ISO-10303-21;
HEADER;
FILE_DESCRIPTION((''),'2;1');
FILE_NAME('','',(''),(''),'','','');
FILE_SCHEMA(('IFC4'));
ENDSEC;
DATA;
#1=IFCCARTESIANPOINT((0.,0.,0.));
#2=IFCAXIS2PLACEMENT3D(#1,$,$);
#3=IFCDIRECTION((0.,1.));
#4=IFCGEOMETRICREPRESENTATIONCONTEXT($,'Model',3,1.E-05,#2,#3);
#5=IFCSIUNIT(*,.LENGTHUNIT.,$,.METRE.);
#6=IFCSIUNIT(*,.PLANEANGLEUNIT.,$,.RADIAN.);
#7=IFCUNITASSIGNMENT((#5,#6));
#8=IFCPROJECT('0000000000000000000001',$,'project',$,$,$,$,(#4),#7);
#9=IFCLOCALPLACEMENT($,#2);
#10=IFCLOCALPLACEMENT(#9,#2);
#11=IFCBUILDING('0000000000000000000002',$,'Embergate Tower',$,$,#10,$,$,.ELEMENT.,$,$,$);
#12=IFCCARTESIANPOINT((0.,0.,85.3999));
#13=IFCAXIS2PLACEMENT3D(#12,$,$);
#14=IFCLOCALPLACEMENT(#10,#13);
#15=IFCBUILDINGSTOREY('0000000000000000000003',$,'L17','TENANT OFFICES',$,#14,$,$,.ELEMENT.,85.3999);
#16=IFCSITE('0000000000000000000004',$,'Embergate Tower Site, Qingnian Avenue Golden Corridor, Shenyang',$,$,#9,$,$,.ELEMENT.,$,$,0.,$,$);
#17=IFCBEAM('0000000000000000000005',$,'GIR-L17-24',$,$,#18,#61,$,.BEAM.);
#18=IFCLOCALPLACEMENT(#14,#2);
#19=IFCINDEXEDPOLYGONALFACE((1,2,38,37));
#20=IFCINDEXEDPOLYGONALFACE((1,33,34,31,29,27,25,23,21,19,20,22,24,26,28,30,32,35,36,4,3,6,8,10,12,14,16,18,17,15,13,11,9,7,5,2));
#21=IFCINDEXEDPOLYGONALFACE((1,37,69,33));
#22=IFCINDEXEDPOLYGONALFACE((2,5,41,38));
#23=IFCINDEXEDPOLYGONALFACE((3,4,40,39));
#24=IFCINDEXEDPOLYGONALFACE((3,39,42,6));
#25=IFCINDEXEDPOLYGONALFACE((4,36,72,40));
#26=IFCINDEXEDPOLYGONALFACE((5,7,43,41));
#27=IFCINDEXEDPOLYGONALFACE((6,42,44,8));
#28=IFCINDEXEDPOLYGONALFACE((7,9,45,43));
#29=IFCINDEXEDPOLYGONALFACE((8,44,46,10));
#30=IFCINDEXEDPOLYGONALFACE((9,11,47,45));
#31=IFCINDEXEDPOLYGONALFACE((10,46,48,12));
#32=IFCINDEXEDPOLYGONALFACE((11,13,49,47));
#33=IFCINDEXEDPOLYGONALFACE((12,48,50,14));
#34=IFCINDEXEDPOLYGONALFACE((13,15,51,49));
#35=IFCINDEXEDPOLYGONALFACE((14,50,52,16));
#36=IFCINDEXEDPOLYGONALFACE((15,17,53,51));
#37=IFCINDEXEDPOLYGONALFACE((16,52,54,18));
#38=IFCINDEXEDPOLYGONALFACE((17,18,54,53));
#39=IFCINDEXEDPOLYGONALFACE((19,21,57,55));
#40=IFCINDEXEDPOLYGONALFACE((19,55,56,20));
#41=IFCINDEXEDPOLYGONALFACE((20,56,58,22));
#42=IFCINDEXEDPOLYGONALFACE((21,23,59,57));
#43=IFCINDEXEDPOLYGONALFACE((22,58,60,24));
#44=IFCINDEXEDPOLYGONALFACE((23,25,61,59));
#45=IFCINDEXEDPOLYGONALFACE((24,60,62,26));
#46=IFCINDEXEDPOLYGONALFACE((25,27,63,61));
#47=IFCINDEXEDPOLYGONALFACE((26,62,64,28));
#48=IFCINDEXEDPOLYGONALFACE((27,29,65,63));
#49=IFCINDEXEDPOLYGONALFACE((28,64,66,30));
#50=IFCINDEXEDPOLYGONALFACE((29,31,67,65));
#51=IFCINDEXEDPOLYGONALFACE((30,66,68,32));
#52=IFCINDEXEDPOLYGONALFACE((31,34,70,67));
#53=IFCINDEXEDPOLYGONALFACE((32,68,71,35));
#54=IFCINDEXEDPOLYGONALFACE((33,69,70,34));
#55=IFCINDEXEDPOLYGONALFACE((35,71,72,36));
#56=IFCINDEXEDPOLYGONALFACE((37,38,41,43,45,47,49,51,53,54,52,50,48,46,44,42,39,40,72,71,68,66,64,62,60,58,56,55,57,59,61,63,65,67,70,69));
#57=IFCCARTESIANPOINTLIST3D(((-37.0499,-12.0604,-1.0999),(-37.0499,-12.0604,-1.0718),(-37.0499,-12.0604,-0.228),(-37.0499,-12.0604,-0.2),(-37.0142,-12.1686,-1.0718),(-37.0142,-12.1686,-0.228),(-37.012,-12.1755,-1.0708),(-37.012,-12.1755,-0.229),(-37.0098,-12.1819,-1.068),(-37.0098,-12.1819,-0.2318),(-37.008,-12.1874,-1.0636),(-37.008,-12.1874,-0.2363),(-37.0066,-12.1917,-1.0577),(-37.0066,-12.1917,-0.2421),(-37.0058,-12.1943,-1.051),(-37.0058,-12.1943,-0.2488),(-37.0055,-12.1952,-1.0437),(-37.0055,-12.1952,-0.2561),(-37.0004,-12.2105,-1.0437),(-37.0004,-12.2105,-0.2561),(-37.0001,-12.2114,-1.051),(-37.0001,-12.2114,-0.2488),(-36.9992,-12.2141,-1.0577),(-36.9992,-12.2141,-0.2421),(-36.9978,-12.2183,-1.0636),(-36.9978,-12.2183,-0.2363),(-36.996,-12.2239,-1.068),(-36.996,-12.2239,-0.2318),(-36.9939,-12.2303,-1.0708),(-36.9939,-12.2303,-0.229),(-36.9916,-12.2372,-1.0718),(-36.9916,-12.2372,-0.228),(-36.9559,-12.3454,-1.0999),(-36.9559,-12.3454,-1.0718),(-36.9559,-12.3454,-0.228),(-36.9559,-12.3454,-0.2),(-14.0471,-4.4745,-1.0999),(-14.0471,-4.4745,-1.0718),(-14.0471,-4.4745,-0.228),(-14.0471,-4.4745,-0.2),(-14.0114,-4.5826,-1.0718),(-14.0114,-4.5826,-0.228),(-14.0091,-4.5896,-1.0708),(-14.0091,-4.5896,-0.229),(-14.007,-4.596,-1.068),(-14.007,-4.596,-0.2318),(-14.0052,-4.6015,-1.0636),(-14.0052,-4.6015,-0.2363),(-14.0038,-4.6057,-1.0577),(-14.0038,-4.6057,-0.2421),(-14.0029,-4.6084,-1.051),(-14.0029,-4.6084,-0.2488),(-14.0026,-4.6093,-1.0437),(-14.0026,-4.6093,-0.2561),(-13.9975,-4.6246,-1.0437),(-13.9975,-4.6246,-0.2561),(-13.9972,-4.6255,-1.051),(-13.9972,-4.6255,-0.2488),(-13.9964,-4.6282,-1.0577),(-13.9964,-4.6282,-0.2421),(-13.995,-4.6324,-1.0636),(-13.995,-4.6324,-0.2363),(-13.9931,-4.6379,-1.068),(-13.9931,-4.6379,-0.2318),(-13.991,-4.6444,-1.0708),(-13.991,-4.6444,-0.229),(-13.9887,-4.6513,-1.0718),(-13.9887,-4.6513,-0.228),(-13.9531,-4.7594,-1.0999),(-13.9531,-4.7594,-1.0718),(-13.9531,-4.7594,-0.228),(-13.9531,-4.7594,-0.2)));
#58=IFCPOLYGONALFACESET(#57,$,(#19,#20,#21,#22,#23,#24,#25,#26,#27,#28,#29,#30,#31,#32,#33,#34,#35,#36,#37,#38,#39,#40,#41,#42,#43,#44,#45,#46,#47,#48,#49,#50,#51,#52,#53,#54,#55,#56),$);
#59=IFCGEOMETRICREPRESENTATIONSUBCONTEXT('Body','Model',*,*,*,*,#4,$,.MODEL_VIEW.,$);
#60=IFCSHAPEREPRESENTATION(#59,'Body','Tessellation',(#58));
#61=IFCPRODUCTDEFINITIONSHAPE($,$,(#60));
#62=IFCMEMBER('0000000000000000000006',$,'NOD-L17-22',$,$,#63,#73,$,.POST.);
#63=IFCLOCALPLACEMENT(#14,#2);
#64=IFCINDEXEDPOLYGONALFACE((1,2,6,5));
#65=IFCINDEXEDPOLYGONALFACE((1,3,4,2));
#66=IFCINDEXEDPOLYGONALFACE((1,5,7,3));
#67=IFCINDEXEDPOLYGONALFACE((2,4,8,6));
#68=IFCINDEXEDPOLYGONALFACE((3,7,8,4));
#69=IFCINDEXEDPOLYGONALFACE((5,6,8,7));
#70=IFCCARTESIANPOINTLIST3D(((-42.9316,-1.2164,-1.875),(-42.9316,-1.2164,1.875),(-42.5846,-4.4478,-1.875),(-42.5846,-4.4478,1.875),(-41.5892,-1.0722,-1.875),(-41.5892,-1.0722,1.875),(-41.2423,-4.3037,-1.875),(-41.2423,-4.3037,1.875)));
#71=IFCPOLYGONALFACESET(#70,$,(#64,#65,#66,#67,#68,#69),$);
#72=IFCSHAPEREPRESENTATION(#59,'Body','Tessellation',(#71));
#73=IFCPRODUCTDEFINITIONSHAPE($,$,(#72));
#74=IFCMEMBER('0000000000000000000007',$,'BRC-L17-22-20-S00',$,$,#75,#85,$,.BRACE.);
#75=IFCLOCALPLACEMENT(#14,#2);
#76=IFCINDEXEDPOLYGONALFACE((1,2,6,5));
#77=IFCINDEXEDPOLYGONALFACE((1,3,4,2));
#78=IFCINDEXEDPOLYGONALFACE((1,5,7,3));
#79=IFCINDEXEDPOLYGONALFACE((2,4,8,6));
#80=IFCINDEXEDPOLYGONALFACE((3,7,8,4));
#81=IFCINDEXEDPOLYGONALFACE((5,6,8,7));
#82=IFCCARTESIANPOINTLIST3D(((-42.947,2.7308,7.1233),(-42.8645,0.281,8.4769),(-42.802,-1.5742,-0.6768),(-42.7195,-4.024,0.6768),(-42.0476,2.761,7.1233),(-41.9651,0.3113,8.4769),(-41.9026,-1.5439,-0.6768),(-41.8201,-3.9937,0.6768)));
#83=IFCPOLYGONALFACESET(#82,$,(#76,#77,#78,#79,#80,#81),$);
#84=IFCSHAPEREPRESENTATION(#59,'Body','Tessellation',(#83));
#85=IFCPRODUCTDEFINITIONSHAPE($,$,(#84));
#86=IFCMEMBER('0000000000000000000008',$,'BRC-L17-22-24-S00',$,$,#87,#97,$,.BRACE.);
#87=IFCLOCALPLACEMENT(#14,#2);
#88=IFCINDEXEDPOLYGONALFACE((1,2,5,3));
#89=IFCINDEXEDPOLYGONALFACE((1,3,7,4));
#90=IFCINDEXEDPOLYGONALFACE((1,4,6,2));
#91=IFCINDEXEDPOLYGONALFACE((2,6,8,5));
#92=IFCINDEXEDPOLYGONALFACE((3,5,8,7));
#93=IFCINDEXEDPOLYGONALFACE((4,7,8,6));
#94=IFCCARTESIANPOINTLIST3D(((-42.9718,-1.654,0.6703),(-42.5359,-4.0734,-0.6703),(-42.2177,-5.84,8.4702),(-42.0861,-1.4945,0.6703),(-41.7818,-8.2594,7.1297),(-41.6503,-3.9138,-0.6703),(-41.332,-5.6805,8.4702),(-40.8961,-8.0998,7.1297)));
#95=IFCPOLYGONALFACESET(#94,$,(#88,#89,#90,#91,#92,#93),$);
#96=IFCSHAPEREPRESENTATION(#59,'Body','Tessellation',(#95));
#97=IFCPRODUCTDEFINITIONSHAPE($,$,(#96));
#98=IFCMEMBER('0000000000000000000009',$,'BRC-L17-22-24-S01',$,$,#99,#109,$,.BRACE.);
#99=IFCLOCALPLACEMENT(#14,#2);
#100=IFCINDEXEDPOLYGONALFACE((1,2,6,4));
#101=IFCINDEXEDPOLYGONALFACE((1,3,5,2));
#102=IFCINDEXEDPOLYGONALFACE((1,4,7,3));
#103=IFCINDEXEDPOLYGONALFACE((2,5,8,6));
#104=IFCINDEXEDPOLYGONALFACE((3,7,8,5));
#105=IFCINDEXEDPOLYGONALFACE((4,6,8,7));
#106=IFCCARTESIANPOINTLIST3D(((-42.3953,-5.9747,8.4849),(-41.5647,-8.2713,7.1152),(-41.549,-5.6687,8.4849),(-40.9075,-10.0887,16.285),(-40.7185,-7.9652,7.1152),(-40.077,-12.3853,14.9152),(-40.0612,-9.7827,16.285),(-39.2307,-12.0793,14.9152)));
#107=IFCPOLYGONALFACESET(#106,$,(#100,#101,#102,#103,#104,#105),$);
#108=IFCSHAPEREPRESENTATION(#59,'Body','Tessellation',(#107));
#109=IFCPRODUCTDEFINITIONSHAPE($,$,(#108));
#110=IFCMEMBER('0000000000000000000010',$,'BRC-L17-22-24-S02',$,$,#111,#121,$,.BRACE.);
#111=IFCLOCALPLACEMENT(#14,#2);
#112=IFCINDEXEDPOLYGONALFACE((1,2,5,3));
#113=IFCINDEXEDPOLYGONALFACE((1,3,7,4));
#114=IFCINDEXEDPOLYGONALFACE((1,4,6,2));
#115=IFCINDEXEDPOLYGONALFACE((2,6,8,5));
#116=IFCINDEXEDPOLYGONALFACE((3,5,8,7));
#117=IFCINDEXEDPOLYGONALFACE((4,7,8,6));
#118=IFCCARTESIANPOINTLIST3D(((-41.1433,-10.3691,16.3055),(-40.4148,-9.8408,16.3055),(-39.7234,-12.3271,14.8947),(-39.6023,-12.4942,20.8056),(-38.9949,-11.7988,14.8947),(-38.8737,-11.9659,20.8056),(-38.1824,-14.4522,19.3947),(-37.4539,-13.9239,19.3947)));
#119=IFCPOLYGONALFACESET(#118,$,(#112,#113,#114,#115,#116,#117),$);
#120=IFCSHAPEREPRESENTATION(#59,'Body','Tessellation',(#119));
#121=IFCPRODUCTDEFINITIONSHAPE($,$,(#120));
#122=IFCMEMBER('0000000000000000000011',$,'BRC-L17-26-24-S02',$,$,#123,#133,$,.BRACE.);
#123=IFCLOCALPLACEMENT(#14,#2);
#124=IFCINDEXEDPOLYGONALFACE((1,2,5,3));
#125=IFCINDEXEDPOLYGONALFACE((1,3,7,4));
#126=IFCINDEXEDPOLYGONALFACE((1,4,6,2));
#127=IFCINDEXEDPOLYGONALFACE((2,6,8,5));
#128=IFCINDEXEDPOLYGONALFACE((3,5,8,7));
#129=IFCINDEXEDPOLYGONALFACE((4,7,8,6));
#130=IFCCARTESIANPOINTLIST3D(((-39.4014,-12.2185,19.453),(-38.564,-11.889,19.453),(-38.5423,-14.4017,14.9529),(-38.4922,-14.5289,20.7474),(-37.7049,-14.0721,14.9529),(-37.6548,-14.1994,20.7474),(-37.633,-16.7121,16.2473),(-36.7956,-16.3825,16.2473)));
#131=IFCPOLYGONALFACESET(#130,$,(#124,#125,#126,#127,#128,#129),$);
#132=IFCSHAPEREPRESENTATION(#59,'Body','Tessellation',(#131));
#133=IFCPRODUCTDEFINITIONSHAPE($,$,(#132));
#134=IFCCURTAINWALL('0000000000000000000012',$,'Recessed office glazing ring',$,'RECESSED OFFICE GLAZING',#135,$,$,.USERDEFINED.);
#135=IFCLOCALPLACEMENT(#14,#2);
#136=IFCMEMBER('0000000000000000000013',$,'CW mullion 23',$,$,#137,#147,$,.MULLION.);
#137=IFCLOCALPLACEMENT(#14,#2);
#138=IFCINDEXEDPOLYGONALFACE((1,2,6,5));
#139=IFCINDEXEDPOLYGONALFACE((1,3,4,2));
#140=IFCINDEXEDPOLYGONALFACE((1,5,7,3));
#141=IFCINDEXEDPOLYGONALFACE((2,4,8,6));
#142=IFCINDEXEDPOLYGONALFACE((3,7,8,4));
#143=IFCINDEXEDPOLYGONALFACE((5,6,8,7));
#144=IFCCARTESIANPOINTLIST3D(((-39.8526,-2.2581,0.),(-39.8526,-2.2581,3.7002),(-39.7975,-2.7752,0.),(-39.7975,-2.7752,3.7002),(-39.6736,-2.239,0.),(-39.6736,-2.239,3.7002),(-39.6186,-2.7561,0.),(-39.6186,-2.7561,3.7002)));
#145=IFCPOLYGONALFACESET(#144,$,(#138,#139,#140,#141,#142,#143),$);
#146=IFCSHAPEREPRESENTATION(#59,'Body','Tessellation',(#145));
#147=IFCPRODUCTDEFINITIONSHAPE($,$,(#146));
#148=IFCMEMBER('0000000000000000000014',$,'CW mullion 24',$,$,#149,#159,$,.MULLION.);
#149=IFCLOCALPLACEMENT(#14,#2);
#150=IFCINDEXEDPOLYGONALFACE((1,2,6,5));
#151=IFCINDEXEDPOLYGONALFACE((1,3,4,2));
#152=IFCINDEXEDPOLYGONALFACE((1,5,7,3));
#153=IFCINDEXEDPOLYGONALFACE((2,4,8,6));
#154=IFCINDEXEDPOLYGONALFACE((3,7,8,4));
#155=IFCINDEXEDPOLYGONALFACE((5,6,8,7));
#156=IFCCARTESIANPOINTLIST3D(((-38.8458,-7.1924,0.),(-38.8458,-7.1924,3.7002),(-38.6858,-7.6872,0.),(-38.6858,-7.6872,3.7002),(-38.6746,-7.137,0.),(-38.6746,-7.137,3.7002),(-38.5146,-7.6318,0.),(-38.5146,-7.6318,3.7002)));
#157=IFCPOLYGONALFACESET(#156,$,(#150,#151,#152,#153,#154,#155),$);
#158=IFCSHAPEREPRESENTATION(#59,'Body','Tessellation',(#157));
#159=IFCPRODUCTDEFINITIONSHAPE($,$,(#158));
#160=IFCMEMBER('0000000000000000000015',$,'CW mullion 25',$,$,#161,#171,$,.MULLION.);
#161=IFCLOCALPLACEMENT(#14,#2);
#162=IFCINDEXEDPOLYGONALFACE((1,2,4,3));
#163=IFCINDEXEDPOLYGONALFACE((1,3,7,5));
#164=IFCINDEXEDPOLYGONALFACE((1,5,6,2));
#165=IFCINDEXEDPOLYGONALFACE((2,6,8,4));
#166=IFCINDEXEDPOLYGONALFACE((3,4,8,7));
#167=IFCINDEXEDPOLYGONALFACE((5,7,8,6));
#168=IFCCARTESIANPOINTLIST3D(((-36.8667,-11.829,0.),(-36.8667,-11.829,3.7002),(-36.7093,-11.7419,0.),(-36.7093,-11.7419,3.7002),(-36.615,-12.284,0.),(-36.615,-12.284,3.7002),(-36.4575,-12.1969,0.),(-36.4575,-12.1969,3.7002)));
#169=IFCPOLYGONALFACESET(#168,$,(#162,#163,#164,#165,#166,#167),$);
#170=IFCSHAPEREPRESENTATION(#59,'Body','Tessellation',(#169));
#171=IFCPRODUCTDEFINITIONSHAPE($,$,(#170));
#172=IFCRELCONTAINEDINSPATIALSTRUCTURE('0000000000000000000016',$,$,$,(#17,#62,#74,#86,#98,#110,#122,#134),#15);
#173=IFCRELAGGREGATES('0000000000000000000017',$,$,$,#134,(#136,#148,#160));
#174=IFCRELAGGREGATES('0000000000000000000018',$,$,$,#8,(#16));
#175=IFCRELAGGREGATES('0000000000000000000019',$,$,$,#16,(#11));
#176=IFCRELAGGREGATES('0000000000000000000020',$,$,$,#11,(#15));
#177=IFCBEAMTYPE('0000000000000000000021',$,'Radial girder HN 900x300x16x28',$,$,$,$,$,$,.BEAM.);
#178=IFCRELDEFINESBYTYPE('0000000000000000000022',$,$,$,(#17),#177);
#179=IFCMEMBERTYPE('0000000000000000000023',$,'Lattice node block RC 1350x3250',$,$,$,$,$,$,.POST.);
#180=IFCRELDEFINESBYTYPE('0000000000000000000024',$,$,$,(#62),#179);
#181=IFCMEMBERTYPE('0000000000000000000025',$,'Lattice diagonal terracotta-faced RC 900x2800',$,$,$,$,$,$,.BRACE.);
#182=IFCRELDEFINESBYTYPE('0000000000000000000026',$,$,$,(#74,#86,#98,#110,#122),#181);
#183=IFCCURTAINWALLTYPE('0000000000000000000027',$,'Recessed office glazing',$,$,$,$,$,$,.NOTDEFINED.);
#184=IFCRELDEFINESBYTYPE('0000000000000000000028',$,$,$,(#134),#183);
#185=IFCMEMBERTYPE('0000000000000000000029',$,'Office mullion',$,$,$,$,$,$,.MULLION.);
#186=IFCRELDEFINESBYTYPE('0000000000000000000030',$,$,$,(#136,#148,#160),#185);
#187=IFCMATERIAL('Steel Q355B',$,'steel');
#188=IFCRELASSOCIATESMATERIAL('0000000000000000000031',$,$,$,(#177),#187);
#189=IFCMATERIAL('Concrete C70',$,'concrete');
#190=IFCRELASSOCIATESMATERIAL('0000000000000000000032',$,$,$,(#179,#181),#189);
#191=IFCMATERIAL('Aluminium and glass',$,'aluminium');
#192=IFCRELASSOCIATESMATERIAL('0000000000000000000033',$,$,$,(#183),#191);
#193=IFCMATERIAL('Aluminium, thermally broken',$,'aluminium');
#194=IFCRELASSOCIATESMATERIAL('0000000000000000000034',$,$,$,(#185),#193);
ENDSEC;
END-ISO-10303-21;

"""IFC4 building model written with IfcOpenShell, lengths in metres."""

from ifc_helpers import new_model, si_unit, direction, frame, origin, origin_2d, place, context, subcontext, project, spatial, rectangle, i_section, extrude, source, transform, mapped, material, material_profile, profile_set, type_object, element, aggregate, save


model = new_model("IFC4")

# Units and contexts
model_context = context("Model", 3, precision=1e-05, world=origin(), true_north=direction((0.0, 1.0)))
body_context = subcontext(model_context, "Body", "Model", "MODEL_VIEW")
ifc_project = project(units=[si_unit("LENGTHUNIT", "METRE"), si_unit("PLANEANGLEUNIT", "RADIAN")], contexts=[model_context])

# Site, building, storey
site_placement = place(None, origin())
site = spatial("IfcSite", under=ifc_project, at=site_placement, Name="Embergate Tower Site, Qingnian Avenue Golden Corridor, Shenyang", CompositionType="ELEMENT", RefElevation=0.0)
building_placement = place(site_placement, origin())
building = spatial("IfcBuilding", under=site, at=building_placement, Name="Embergate Tower", CompositionType="ELEMENT")
storey_placement = place(building_placement, frame((0.0, 0.0, 85.3999)))
storey = spatial("IfcBuildingStorey", under=building, at=storey_placement, Name="L17", Description="TENANT OFFICES", CompositionType="ELEMENT", Elevation=85.3999)

# Shared definitions
ifc_material_1 = material(Name="Concrete C70", Category="concrete")

# Beam
ifc_material_2 = material(Name="Steel Q355B", Category="steel")
ifc_material_profile_1 = material_profile(ifc_material_2, i_section(OverallWidth=0.3, OverallDepth=0.8999, WebThickness=0.0161, FlangeThickness=0.0281, FilletRadius=0.0281, at=origin_2d()), Name="HN 900x300x16x28")
ifc_profile_set_1 = profile_set([ifc_material_profile_1], Name="Steel Q355 grade B")
beam_type_1 = type_object("IfcBeamType", Name="Radial girder HN 900x300x16x28", PredefinedType="BEAM", material=ifc_profile_set_1)
shared_shape_1 = source(origin(), body_context, "Body", "SweptSolid", [
    extrude(i_section(OverallWidth=0.3, OverallDepth=0.8999, WebThickness=0.0161, FlangeThickness=0.0281, FilletRadius=0.0281, at=origin_2d()), origin(), (0.0, 0.0, 1.0), 24.2214),
])
beam_1_placement = place(storey_placement, frame((-37.0029, -12.2029, -0.6499), z_axis=(0.94969, 0.31319, 0.0), x_axis=(-0.31319, 0.94969, 0.0)))
element("IfcBeam", 1, at=beam_1_placement, inside=storey, type_object=beam_type_1, Name="GIR-L17-24", PredefinedType="BEAM", context=body_context, shape_type="MappedRepresentation", body=[
    mapped(shared_shape_1, transform((0.0, 0.0, 0.0))),
])

# Members
ifc_material_profile_2 = material_profile(ifc_material_1, rectangle(XDim=1.3501, YDim=3.25, at=origin_2d()), Name="RC 1350x3250")
ifc_profile_set_2 = profile_set([ifc_material_profile_2], Name="Concrete C70")
member_type_1 = type_object("IfcMemberType", Name="Lattice node block RC 1350x3250", PredefinedType="POST", material=ifc_profile_set_2)
shared_shape_2 = source(origin(), body_context, "Body", "SweptSolid", [
    extrude(rectangle(XDim=1.3501, YDim=3.25, at=origin_2d()), origin(), (0.0, 0.0, 1.0), 3.75),
])
member_1_placement = place(storey_placement, frame((-42.0869, -2.76, -1.875), z_axis=(0.0, 0.0, 1.0), x_axis=(-0.994286, -0.10675, 0.0)))
element("IfcMember", 2, at=member_1_placement, inside=storey, type_object=member_type_1, Name="NOD-L17-22", PredefinedType="POST", context=body_context, shape_type="MappedRepresentation", body=[
    mapped(shared_shape_2, transform((0.0, 0.0, 0.0))),
])
ifc_material_profile_3 = material_profile(ifc_material_1, rectangle(XDim=0.8999, YDim=2.8, at=origin_2d()), Name="RC 900x2800")
ifc_profile_set_3 = profile_set([ifc_material_profile_3], Name="Concrete C70")
member_type_2 = type_object("IfcMemberType", Name="Lattice diagonal terracotta-faced RC 900x2800", PredefinedType="BRACE", material=ifc_profile_set_3)
shared_shape_3 = source(origin(), body_context, "Body", "SweptSolid", [
    extrude(rectangle(XDim=0.8999, YDim=2.8, at=origin_2d()), origin(), (0.0, 0.0, 1.0), 8.9104),
])
member_2_placement = place(storey_placement, frame((-42.311, -2.7839, 0.0), z_axis=(-0.016275, 0.483139, 0.875393), x_axis=(-0.999433, -0.033668, 0.0)))
element("IfcMember", 3, at=member_2_placement, inside=storey, type_object=member_type_2, Name="BRC-L17-22-20-S00", PredefinedType="BRACE", context=body_context, shape_type="MappedRepresentation", body=[
    mapped(shared_shape_3, transform((0.0, 0.0, 0.0))),
])
shared_shape_4 = source(origin(), body_context, "Body", "SweptSolid", [
    extrude(rectangle(XDim=0.8999, YDim=2.8, at=origin_2d()), origin(), (0.0, 0.0, 1.0), 8.8843),
])
member_3_placement = place(storey_placement, frame((-42.311, -2.7839, 0.0), z_axis=(0.084885, -0.471167, 0.87795), x_axis=(0.984156, 0.177304, 0.0)))
element("IfcMember", 4, at=member_3_placement, inside=storey, type_object=member_type_2, Name="BRC-L17-22-24-S00", PredefinedType="BRACE", context=body_context, shape_type="MappedRepresentation", body=[
    mapped(shared_shape_4, transform((0.0, 0.0, 0.0))),
])
shared_shape_5 = source(origin(), body_context, "Body", "SweptSolid", [
    extrude(rectangle(XDim=0.8999, YDim=2.8, at=origin_2d()), origin(), (0.0, 0.0, 1.0), 8.9431),
])
member_4_placement = place(storey_placement, frame((-41.5569, -6.97, 7.8), z_axis=(0.166362, -0.46002, 0.872184), x_axis=(0.940395, 0.340085, 0.0)))
element("IfcMember", 5, at=member_4_placement, inside=storey, type_object=member_type_2, Name="BRC-L17-22-24-S01", PredefinedType="BRACE", context=body_context, shape_type="MappedRepresentation", body=[
    mapped(shared_shape_5, transform((0.0, 0.0, 0.0))),
])
shared_shape_6 = source(origin(), body_context, "Body", "SweptSolid", [
    extrude(rectangle(XDim=0.8999, YDim=2.8, at=origin_2d()), origin(), (0.0, 0.0, 1.0), 5.2097),
])
member_5_placement = place(storey_placement, frame((-40.0691, -11.084, 15.6001), z_axis=(0.295801, -0.407898, 0.863783), x_axis=(0.80954, 0.587065, 0.0)))
element("IfcMember", 6, at=member_5_placement, inside=storey, type_object=member_type_2, Name="BRC-L17-22-24-S02", PredefinedType="BRACE", context=body_context, shape_type="MappedRepresentation", body=[
    mapped(shared_shape_6, transform((0.0, 0.0, 0.0))),
])
shared_shape_7 = source(origin(), body_context, "Body", "SweptSolid", [
    extrude(rectangle(XDim=0.8999, YDim=2.8, at=origin_2d()), origin(), (0.0, 0.0, 1.0), 5.075),
])
member_6_placement = place(storey_placement, frame((-37.6689, -15.3921, 15.6001), z_axis=(-0.169292, 0.430182, 0.886727), x_axis=(-0.930536, -0.3662, 0.0)))
element("IfcMember", 7, at=member_6_placement, inside=storey, type_object=member_type_2, Name="BRC-L17-26-24-S02", PredefinedType="BRACE", context=body_context, shape_type="MappedRepresentation", body=[
    mapped(shared_shape_7, transform((0.0, 0.0, 0.0))),
])

# Curtain wall, members
ifc_material_3 = material(Name="Aluminium and glass", Category="aluminium")
curtain_wall_type = type_object("IfcCurtainWallType", Name="Recessed office glazing", PredefinedType="NOTDEFINED", material=ifc_material_3)
curtain_wall_placement = place(storey_placement, origin())
curtain_wall = element("IfcCurtainWall", 8, at=curtain_wall_placement, inside=storey, type_object=curtain_wall_type, Name="Recessed office glazing ring", ObjectType="RECESSED OFFICE GLAZING", PredefinedType="USERDEFINED")
ifc_material_4 = material(Name="Aluminium, thermally broken", Category="aluminium")
ifc_material_profile_4 = material_profile(ifc_material_4, rectangle(XDim=0.1799, YDim=0.52, at=origin_2d()), Name="AL 520x180")
ifc_profile_set_4 = profile_set([ifc_material_profile_4], Name="Aluminium, thermally broken")
member_type_3 = type_object("IfcMemberType", Name="Office mullion", PredefinedType="MULLION", material=ifc_profile_set_4)
shared_shape_8 = source(origin(), body_context, "Body", "SweptSolid", [
    extrude(rectangle(XDim=0.1799, YDim=0.52, at=origin_2d()), origin(), (0.0, 0.0, 1.0), 3.7002),
])
member_7_placement = place(storey_placement, frame((-39.7356, -2.5071, 0.0), z_axis=(0.0, 0.0, 1.0), x_axis=(0.994385, 0.105822, 0.0)))
member_7 = element("IfcMember", 9, at=member_7_placement, type_object=member_type_3, Name="CW mullion 23", PredefinedType="MULLION", context=body_context, shape_type="MappedRepresentation", body=[
    mapped(shared_shape_8, transform((0.0, 0.0, 0.0))),
])
member_8_placement = place(storey_placement, frame((-38.6802, -7.4121, 0.0), z_axis=(0.0, 0.0, 1.0), x_axis=(0.951499, 0.307651, 0.0)))
member_8 = element("IfcMember", 10, at=member_8_placement, type_object=member_type_3, Name="CW mullion 24", PredefinedType="MULLION", context=body_context, shape_type="MappedRepresentation", body=[
    mapped(shared_shape_8, transform((0.0, 0.0, 0.0))),
])
member_9_placement = place(storey_placement, frame((-36.6621, -12.0129, 0.0), z_axis=(0.0, 0.0, 1.0), x_axis=(0.875005, 0.484113, 0.0)))
member_9 = element("IfcMember", 11, at=member_9_placement, type_object=member_type_3, Name="CW mullion 25", PredefinedType="MULLION", context=body_context, shape_type="MappedRepresentation", body=[
    mapped(shared_shape_8, transform((0.0, 0.0, 0.0))),
])
aggregate(curtain_wall, [member_7, member_8, member_9])

save(model, "model.ifc")
